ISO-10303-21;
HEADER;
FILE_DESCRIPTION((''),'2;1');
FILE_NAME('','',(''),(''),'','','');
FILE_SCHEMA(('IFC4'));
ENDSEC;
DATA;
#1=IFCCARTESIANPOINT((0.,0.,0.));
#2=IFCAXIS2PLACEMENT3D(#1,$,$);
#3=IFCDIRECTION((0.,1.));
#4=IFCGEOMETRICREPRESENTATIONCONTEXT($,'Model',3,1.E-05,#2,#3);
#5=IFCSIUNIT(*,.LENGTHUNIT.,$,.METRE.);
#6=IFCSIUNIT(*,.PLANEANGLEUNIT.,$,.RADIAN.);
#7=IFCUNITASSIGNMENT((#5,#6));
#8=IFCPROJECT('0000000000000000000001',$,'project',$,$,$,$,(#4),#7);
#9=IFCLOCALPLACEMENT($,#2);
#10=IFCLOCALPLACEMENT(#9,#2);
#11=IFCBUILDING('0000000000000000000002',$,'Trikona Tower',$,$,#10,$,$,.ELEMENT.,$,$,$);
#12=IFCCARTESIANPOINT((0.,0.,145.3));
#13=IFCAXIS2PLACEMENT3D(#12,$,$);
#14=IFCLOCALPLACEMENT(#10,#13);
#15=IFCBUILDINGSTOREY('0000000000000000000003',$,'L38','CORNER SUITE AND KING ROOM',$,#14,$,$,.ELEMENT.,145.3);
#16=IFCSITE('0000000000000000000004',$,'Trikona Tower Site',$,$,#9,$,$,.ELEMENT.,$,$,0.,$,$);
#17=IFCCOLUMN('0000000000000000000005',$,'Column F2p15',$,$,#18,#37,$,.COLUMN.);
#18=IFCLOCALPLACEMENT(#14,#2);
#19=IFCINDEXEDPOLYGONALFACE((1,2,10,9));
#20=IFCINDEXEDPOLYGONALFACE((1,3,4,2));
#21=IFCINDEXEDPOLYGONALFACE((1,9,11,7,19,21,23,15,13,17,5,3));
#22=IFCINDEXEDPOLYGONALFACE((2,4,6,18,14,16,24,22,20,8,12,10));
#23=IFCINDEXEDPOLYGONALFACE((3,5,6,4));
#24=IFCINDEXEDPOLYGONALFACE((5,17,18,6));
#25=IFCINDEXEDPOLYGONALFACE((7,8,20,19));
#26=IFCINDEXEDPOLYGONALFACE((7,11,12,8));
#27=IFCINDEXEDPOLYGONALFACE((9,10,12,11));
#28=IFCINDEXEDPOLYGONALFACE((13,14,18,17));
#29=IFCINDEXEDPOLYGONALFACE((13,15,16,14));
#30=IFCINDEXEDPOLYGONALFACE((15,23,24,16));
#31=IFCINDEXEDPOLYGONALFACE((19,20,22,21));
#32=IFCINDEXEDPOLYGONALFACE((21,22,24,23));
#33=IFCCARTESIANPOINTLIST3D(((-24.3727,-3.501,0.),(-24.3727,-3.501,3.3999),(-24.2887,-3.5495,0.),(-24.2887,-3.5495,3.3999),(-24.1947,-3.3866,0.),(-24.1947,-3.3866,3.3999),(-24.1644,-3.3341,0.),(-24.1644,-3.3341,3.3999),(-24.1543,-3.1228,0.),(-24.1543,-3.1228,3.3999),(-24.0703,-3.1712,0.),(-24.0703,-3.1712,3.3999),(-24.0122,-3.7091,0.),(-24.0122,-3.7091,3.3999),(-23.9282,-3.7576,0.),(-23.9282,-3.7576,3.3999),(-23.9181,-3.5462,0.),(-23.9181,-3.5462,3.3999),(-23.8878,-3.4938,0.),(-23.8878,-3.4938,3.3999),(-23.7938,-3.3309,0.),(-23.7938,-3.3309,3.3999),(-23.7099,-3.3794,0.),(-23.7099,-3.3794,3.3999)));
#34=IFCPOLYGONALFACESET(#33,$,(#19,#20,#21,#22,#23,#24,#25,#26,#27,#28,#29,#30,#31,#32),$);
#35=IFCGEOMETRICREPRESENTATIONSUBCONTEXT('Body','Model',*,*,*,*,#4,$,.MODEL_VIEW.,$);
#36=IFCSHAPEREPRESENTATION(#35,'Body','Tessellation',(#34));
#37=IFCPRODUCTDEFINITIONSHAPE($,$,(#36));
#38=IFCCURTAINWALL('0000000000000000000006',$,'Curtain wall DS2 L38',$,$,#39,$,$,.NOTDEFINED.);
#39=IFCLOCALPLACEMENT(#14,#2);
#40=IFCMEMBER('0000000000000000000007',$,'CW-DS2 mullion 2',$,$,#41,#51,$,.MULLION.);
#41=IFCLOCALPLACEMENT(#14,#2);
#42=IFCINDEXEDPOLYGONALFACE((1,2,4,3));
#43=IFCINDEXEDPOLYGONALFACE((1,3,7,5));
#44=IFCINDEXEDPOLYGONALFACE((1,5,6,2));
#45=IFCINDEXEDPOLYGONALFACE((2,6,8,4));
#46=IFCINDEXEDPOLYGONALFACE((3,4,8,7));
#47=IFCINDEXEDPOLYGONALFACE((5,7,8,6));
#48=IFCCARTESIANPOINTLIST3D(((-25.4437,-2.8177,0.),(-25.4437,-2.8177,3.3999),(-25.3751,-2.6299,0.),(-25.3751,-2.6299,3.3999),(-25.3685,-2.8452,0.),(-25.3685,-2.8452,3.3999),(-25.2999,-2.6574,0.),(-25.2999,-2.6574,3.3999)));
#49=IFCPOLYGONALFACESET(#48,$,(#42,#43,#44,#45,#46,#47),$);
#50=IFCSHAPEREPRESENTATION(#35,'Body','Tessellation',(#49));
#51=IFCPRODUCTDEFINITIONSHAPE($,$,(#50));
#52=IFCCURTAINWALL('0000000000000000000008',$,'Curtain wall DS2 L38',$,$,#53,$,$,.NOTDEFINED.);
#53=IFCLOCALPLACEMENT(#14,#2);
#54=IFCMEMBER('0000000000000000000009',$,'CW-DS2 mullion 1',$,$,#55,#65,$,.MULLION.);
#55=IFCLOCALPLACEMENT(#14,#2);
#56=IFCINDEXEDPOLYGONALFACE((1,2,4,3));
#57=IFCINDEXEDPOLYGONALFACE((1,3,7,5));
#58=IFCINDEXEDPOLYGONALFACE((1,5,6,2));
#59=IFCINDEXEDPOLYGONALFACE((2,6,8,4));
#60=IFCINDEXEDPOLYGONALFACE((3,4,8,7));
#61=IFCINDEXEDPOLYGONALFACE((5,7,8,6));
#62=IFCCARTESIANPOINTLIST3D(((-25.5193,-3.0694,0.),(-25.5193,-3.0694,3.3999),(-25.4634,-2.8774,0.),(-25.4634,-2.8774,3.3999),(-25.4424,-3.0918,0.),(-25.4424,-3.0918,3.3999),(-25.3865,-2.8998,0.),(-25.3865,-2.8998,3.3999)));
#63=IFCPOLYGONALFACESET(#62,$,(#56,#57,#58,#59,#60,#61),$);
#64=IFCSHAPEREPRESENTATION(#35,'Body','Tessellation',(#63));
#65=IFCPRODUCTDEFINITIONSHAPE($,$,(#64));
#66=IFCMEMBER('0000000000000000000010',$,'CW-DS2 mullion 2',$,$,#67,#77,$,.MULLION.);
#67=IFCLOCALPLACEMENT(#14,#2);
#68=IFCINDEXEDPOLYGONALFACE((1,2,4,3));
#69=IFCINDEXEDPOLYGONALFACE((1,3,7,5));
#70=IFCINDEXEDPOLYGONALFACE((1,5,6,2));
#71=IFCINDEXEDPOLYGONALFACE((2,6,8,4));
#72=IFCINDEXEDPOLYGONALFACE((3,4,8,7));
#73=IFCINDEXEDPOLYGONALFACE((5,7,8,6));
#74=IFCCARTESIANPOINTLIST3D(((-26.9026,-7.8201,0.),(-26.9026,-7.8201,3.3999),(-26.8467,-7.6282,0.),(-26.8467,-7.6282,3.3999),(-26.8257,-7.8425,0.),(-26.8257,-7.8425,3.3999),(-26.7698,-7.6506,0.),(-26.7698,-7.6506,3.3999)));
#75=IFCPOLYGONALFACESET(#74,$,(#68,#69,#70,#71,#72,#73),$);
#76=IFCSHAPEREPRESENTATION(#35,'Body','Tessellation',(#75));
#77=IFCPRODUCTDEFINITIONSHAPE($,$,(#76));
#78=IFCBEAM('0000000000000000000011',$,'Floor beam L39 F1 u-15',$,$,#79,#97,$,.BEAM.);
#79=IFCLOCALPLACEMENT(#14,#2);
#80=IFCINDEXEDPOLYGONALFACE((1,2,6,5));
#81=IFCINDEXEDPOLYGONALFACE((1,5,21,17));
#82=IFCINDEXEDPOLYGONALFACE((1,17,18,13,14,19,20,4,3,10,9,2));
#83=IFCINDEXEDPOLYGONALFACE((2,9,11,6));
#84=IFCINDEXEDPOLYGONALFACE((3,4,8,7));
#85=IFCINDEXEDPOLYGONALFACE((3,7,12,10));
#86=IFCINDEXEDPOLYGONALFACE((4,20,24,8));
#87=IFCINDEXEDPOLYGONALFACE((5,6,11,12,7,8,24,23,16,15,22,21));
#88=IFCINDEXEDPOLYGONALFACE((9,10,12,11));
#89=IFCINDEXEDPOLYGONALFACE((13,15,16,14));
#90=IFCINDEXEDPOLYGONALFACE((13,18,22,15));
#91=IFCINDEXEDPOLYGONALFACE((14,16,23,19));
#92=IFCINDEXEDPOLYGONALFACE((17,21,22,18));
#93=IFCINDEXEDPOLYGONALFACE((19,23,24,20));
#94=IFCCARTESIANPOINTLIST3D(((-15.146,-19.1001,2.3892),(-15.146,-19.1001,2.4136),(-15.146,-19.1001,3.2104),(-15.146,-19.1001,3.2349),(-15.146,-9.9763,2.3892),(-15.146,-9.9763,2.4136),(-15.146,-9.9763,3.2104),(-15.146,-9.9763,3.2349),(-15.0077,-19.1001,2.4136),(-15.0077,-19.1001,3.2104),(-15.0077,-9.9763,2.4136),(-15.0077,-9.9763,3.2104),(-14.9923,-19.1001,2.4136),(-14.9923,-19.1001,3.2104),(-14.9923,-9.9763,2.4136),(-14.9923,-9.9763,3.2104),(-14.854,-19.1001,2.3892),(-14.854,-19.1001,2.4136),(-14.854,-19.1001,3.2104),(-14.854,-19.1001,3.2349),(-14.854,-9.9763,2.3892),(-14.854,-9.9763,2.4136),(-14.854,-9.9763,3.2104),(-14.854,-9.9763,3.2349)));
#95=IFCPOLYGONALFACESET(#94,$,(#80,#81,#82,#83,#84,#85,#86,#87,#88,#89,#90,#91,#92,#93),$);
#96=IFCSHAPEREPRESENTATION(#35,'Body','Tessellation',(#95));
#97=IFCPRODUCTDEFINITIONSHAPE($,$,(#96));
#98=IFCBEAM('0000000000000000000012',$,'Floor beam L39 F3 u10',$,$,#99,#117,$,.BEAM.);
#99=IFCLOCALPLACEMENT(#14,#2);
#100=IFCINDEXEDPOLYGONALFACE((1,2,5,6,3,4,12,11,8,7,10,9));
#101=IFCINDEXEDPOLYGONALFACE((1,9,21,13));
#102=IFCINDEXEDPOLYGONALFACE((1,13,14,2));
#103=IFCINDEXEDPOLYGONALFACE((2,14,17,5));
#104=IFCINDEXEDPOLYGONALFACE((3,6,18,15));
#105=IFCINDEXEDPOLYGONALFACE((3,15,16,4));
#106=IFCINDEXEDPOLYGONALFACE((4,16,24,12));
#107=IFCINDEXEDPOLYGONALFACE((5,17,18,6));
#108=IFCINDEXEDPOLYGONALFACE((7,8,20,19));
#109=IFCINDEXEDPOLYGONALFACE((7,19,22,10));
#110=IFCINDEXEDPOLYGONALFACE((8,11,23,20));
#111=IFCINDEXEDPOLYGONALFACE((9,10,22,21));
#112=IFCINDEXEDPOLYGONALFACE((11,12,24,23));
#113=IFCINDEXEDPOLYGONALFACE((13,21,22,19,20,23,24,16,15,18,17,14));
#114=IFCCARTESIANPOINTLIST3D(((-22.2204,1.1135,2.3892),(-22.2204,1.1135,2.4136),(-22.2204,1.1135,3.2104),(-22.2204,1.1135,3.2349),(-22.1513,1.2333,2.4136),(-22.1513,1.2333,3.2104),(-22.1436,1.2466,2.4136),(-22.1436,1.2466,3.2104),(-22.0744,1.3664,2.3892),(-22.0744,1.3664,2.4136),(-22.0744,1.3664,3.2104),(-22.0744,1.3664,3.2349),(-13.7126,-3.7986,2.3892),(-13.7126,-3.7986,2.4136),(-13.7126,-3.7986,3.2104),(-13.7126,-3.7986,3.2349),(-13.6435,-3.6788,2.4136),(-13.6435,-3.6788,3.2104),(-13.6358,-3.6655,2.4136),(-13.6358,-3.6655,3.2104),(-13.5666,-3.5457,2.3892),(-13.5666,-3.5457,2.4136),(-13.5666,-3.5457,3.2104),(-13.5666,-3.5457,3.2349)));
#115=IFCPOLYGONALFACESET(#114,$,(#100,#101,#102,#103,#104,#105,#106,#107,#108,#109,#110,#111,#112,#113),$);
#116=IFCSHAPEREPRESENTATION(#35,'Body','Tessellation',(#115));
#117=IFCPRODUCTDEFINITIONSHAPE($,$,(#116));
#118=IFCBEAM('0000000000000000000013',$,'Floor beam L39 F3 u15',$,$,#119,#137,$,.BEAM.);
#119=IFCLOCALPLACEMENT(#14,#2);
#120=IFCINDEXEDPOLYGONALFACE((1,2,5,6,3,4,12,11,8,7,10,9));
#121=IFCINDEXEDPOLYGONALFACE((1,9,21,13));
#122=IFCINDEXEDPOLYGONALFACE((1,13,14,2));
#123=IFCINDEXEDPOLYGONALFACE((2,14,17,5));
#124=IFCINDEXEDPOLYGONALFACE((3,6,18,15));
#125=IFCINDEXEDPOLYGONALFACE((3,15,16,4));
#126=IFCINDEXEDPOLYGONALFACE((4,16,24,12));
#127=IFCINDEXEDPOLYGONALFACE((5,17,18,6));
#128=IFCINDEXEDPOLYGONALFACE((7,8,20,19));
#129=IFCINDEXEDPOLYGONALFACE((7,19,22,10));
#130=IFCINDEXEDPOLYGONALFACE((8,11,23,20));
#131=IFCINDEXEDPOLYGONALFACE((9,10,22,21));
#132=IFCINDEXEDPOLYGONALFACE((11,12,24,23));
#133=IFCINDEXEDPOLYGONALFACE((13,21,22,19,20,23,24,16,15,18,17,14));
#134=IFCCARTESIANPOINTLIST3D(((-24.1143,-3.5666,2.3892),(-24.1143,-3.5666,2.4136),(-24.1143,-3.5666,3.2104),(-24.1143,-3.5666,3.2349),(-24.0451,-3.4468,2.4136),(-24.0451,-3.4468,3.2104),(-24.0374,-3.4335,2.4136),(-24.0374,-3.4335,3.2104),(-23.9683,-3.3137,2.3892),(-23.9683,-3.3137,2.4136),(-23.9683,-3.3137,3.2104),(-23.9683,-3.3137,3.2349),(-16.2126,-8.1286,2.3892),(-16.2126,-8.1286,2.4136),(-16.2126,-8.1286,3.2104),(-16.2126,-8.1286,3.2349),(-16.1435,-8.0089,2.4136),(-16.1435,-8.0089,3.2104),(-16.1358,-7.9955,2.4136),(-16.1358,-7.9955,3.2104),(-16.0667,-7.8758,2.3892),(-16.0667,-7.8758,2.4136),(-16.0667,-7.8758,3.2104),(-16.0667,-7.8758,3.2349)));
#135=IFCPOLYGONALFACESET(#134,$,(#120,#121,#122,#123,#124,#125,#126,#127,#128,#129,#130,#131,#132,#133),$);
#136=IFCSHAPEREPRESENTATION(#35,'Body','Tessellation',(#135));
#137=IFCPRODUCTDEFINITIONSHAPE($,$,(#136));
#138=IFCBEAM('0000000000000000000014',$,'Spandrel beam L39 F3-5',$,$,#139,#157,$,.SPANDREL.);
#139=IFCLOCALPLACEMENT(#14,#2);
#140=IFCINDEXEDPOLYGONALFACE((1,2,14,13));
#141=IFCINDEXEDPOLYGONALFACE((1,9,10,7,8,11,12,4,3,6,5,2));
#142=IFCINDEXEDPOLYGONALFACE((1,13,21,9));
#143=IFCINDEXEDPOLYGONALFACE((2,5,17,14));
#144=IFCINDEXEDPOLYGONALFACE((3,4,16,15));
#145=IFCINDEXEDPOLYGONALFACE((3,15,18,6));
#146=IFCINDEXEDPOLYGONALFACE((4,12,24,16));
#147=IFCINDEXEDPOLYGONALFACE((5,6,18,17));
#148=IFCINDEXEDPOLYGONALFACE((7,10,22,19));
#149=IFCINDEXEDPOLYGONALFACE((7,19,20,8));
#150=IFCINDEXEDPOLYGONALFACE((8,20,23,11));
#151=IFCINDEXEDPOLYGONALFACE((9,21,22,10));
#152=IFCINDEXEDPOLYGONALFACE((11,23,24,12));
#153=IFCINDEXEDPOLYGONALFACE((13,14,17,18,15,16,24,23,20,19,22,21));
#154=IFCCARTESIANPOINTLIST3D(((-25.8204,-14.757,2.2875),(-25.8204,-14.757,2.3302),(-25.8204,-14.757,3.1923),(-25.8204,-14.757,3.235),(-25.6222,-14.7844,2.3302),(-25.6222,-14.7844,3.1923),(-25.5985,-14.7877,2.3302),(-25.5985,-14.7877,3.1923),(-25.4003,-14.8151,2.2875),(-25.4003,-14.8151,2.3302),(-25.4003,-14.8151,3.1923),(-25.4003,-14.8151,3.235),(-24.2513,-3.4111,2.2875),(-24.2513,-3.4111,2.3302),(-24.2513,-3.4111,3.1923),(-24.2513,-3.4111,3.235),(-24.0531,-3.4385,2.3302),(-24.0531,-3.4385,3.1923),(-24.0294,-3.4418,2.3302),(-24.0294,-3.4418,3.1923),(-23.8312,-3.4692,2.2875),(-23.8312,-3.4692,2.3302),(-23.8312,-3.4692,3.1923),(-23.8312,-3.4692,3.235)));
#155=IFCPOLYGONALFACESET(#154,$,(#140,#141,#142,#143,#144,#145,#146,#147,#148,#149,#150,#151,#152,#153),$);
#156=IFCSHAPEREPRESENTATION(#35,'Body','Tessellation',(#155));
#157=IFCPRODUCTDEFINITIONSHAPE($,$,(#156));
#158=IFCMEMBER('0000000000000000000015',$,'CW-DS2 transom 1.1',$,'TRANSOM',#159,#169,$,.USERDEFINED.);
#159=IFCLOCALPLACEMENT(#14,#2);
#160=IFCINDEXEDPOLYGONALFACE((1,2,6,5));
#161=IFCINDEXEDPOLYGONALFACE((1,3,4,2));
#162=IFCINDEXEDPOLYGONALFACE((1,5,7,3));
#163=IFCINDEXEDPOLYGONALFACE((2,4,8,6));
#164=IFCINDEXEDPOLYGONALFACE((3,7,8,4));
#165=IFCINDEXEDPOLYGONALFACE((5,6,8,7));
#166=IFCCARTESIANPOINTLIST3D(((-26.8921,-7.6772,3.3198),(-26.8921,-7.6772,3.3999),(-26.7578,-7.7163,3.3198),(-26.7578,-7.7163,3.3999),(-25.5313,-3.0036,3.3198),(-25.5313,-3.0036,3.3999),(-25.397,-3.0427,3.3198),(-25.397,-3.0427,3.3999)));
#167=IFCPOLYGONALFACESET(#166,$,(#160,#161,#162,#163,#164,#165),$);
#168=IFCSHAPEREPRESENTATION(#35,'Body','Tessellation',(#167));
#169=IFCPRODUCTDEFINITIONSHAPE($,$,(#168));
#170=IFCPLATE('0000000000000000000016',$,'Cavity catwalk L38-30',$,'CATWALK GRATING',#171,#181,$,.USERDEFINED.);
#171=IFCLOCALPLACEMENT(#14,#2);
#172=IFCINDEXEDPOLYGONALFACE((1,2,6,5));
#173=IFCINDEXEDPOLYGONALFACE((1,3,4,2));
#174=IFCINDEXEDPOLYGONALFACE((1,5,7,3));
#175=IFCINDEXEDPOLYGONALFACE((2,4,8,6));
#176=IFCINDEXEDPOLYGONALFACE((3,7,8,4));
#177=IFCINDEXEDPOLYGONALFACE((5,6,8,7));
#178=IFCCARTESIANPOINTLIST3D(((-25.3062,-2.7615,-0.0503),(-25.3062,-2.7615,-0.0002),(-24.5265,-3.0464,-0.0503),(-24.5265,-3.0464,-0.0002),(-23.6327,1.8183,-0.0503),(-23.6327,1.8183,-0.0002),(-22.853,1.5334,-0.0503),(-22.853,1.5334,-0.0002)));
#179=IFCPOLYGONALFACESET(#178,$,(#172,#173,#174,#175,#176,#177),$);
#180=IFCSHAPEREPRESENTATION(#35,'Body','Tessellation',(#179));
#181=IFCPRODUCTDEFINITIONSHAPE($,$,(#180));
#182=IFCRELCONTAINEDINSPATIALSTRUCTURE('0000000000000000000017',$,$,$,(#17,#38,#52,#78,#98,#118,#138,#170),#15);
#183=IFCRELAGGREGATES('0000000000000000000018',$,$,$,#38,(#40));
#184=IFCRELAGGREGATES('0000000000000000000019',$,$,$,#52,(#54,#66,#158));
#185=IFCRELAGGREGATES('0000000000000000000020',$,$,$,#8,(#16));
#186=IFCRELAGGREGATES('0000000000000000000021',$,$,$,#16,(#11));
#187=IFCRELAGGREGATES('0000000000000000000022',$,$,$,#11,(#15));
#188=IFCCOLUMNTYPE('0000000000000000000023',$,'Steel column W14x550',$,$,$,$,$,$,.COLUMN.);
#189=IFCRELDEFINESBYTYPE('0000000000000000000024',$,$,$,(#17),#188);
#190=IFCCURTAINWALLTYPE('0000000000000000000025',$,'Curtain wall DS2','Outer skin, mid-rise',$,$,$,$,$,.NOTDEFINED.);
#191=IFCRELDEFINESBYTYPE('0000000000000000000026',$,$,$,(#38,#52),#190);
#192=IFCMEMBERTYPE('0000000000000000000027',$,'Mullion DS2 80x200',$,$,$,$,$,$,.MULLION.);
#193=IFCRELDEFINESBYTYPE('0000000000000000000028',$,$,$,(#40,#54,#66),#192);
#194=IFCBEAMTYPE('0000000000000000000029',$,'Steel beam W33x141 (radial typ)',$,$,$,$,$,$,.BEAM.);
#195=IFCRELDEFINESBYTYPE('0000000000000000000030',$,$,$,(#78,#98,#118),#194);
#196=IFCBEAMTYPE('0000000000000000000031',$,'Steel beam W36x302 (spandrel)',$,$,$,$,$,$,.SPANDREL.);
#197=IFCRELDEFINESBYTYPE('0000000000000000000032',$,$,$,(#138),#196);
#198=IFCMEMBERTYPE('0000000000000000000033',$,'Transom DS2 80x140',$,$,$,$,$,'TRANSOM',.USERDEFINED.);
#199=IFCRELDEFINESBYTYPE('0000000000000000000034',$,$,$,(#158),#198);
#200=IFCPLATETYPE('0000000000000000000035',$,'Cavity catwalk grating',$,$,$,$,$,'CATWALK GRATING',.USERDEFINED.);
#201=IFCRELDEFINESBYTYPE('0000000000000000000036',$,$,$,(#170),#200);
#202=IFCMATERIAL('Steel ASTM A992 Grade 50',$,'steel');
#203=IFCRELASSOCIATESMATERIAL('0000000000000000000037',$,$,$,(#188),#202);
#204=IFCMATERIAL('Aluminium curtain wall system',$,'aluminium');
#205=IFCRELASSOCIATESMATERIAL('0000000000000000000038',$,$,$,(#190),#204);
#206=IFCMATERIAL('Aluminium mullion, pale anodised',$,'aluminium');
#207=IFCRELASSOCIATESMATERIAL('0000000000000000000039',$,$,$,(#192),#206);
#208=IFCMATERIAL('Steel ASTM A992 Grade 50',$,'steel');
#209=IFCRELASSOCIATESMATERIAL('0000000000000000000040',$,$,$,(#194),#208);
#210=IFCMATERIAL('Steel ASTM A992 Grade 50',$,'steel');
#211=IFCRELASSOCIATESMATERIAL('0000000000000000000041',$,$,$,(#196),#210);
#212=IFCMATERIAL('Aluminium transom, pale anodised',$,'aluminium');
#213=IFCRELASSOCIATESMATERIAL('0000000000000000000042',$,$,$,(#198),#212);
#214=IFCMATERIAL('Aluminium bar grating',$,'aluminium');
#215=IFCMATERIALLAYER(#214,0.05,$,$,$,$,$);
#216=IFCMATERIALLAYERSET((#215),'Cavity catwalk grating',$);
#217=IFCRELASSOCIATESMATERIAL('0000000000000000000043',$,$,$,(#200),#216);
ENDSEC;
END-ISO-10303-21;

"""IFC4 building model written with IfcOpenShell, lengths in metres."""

from ifc_helpers import new_model, si_unit, direction, frame, origin, origin_2d, place, context, subcontext, project, spatial, rectangle, i_section, extrude, material, layer, layer_set, material_profile, profile_set, type_object, element, aggregate, save


model = new_model("IFC4")

# Units and contexts
model_context = context("Model", 3, precision=1e-05, world=origin(), true_north=direction((0.0, 1.0)))
body_context = subcontext(model_context, "Body", "Model", "MODEL_VIEW")
ifc_project = project(units=[si_unit("LENGTHUNIT", "METRE"), si_unit("PLANEANGLEUNIT", "RADIAN")], contexts=[model_context])

# Site, building, storey
site_placement = place(None, origin())
site = spatial("IfcSite", under=ifc_project, at=site_placement, Name="Trikona Tower Site", CompositionType="ELEMENT", RefElevation=0.0)
building_placement = place(site_placement, origin())
building = spatial("IfcBuilding", under=site, at=building_placement, Name="Trikona Tower", CompositionType="ELEMENT")
storey_placement = place(building_placement, frame((0.0, 0.0, 145.3)))
storey = spatial("IfcBuildingStorey", under=building, at=storey_placement, Name="L38", Description="CORNER SUITE AND KING ROOM", CompositionType="ELEMENT", Elevation=145.3)

# Column
ifc_material_1 = material(Name="Steel ASTM A992 Grade 50", Category="steel")
ifc_material_profile_1 = material_profile(ifc_material_1, i_section(OverallWidth=0.4368, OverallDepth=0.5132, WebThickness=0.0605, FlangeThickness=0.0969, at=origin_2d()), Name="W14X550")
ifc_profile_set_1 = profile_set([ifc_material_profile_1], Name="Steel ASTM A992 Grade 50")
column_type = type_object("IfcColumnType", Name="Steel column W14x550", PredefinedType="COLUMN", material=ifc_profile_set_1)
column_placement = place(storey_placement, frame((-24.0413, -3.4402, 0.0), z_axis=(0.0, 0.0, 1.0), x_axis=(-0.5, -0.866025, 0.0)))
element("IfcColumn", 1, at=column_placement, inside=storey, type_object=column_type, Name="Column F2p15", PredefinedType="COLUMN", context=body_context, shape_type="SweptSolid", body=[
    extrude(i_section(OverallWidth=0.4368, OverallDepth=0.5132, WebThickness=0.0605, FlangeThickness=0.0969, at=origin_2d()), origin(), (0.0, 0.0, 1.0), 3.3999),
])

# Curtain wall, member
ifc_material_2 = material(Name="Aluminium curtain wall system", Category="aluminium")
curtain_wall_type = type_object("IfcCurtainWallType", Name="Curtain wall DS2", Description="Outer skin, mid-rise", PredefinedType="NOTDEFINED", material=ifc_material_2)
curtain_wall_1_placement = place(storey_placement, origin())
curtain_wall_1 = element("IfcCurtainWall", 2, at=curtain_wall_1_placement, inside=storey, type_object=curtain_wall_type, Name="Curtain wall DS2 L38", PredefinedType="NOTDEFINED")
ifc_material_3 = material(Name="Aluminium mullion, pale anodised", Category="aluminium")
ifc_material_profile_2 = material_profile(ifc_material_3, rectangle(XDim=0.0801, YDim=0.2, at=origin_2d()), Name="MUL-DS2")
ifc_profile_set_2 = profile_set([ifc_material_profile_2], Name="Aluminium mullion, pale anodised")
member_type_1 = type_object("IfcMemberType", Name="Mullion DS2 80x200", PredefinedType="MULLION", material=ifc_profile_set_2)
member_1_placement = place(storey_placement, frame((-25.3718, -2.7375, 0.0), z_axis=(0.0, 0.0, 1.0), x_axis=(0.939254, -0.343223, 0.0)))
member_1 = element("IfcMember", 3, at=member_1_placement, type_object=member_type_1, Name="CW-DS2 mullion 2", PredefinedType="MULLION", context=body_context, shape_type="SweptSolid", body=[
    extrude(rectangle(XDim=0.0801, YDim=0.2, at=origin_2d()), origin(), (0.0, 0.0, 1.0), 3.3999),
])

# Curtain wall, members
curtain_wall_2_placement = place(storey_placement, origin())
curtain_wall_2 = element("IfcCurtainWall", 4, at=curtain_wall_2_placement, inside=storey, type_object=curtain_wall_type, Name="Curtain wall DS2 L38", PredefinedType="NOTDEFINED")
member_2_placement = place(storey_placement, frame((-25.4529, -2.9846, 0.0), z_axis=(0.0, 0.0, 1.0), x_axis=(0.960133, -0.279543, 0.0)))
member_2 = element("IfcMember", 5, at=member_2_placement, type_object=member_type_1, Name="CW-DS2 mullion 1", PredefinedType="MULLION", context=body_context, shape_type="SweptSolid", body=[
    extrude(rectangle(XDim=0.0801, YDim=0.2, at=origin_2d()), origin(), (0.0, 0.0, 1.0), 3.3999),
])
member_3_placement = place(storey_placement, frame((-26.8362, -7.7354, 0.0), z_axis=(0.0, 0.0, 1.0), x_axis=(0.960133, -0.279543, 0.0)))
member_3 = element("IfcMember", 6, at=member_3_placement, type_object=member_type_1, Name="CW-DS2 mullion 2", PredefinedType="MULLION", context=body_context, shape_type="SweptSolid", body=[
    extrude(rectangle(XDim=0.0801, YDim=0.2, at=origin_2d()), origin(), (0.0, 0.0, 1.0), 3.3999),
])

# Beams
ifc_material_4 = material(Name="Steel ASTM A992 Grade 50", Category="steel")
ifc_material_profile_3 = material_profile(ifc_material_4, i_section(OverallWidth=0.292, OverallDepth=0.8457, WebThickness=0.0154, FlangeThickness=0.0244, at=origin_2d()), Name="W33X141")
ifc_profile_set_3 = profile_set([ifc_material_profile_3], Name="Steel ASTM A992 Grade 50")
beam_type_1 = type_object("IfcBeamType", Name="Steel beam W33x141 (radial typ)", PredefinedType="BEAM", material=ifc_profile_set_3)
beam_1_placement = place(storey_placement, frame((-15.0, -9.9763, 2.812), z_axis=(0.0, -1.0, 0.0), x_axis=(1.0, 0.0, 0.0)))
element("IfcBeam", 7, at=beam_1_placement, inside=storey, type_object=beam_type_1, Name="Floor beam L39 F1 u-15", PredefinedType="BEAM", context=body_context, shape_type="SweptSolid", body=[
    extrude(i_section(OverallWidth=0.292, OverallDepth=0.8457, WebThickness=0.0154, FlangeThickness=0.0244, at=origin_2d()), origin(), (0.0, 0.0, 1.0), 9.1238),
])
beam_2_placement = place(storey_placement, frame((-13.6396, -3.6721, 2.812), z_axis=(-0.86602, 0.500009, 0.0), x_axis=(-0.500009, -0.86602, 0.0)))
element("IfcBeam", 8, at=beam_2_placement, inside=storey, type_object=beam_type_1, Name="Floor beam L39 F3 u10", PredefinedType="BEAM", context=body_context, shape_type="SweptSolid", body=[
    extrude(i_section(OverallWidth=0.292, OverallDepth=0.8457, WebThickness=0.0154, FlangeThickness=0.0244, at=origin_2d()), origin(), (0.0, 0.0, 1.0), 9.824),
])
beam_3_placement = place(storey_placement, frame((-16.1396, -8.0022, 2.812), z_axis=(-0.866025, 0.500001, 0.0), x_axis=(-0.500001, -0.866025, 0.0)))
element("IfcBeam", 9, at=beam_3_placement, inside=storey, type_object=beam_type_1, Name="Floor beam L39 F3 u15", PredefinedType="BEAM", context=body_context, shape_type="SweptSolid", body=[
    extrude(i_section(OverallWidth=0.292, OverallDepth=0.8457, WebThickness=0.0154, FlangeThickness=0.0244, at=origin_2d()), origin(), (0.0, 0.0, 1.0), 9.124),
])
ifc_material_5 = material(Name="Steel ASTM A992 Grade 50", Category="steel")
ifc_material_profile_4 = material_profile(ifc_material_5, i_section(OverallWidth=0.4241, OverallDepth=0.9475, WebThickness=0.0239, FlangeThickness=0.0427, at=origin_2d()), Name="W36X302")
ifc_profile_set_4 = profile_set([ifc_material_profile_4], Name="Steel ASTM A992 Grade 50")
beam_type_2 = type_object("IfcBeamType", Name="Steel beam W36x302 (spandrel)", PredefinedType="SPANDREL", material=ifc_profile_set_4)
beam_4_placement = place(storey_placement, frame((-24.0413, -3.4402, 2.7612), z_axis=(-0.136992, -0.990572, 0.0), x_axis=(0.990572, -0.136992, 0.0)))
element("IfcBeam", 10, at=beam_4_placement, inside=storey, type_object=beam_type_2, Name="Spandrel beam L39 F3-5", PredefinedType="SPANDREL", context=body_context, shape_type="SweptSolid", body=[
    extrude(i_section(OverallWidth=0.4241, OverallDepth=0.9475, WebThickness=0.0239, FlangeThickness=0.0427, at=origin_2d()), origin(), (0.0, 0.0, 1.0), 11.4539),
])

# Member
ifc_material_6 = material(Name="Aluminium transom, pale anodised", Category="aluminium")
ifc_material_profile_5 = material_profile(ifc_material_6, rectangle(XDim=0.1399, YDim=0.0801, at=origin_2d()), Name="TRN-DS2")
ifc_profile_set_5 = profile_set([ifc_material_profile_5], Name="Aluminium transom, pale anodised")
member_type_2 = type_object("IfcMemberType", Name="Transom DS2 80x140", ElementType="TRANSOM", PredefinedType="USERDEFINED", material=ifc_profile_set_5)
member_4_placement = place(storey_placement, frame((-25.4641, -3.0232, 3.3599), z_axis=(-0.279567, -0.960126, 0.0), x_axis=(0.960126, -0.279567, 0.0)))
member_4 = element("IfcMember", 11, at=member_4_placement, type_object=member_type_2, Name="CW-DS2 transom 1.1", ObjectType="TRANSOM", PredefinedType="USERDEFINED", context=body_context, shape_type="SweptSolid", body=[
    extrude(rectangle(XDim=0.1399, YDim=0.0801, at=origin_2d()), origin(), (0.0, 0.0, 1.0), 4.8677),
])

# Plate
ifc_material_7 = material(Name="Aluminium bar grating", Category="aluminium")
ifc_layer_1 = layer(ifc_material_7, 0.05)
ifc_layer_set_1 = layer_set([ifc_layer_1], Name="Cavity catwalk grating")
plate_type_1 = type_object("IfcPlateType", Name="Cavity catwalk grating", ElementType="CATWALK GRATING", PredefinedType="USERDEFINED", material=ifc_layer_set_1)
plate_1_placement = place(storey_placement, frame((-24.0796, -0.614, -0.0503), z_axis=(0.0, 0.0, 1.0), x_axis=(-0.34322, -0.939255, 0.0)))
element("IfcPlate", 12, at=plate_1_placement, inside=storey, type_object=plate_type_1, Name="Cavity catwalk L38-30", ObjectType="CATWALK GRATING", PredefinedType="USERDEFINED", context=body_context, shape_type="SweptSolid", body=[
    extrude(rectangle(XDim=4.876, YDim=0.8301, at=origin_2d()), origin(), (0.0, 0.0, 1.0), 0.05),
])

aggregate(curtain_wall_1, [member_1])
aggregate(curtain_wall_2, [member_2, member_3, member_4])

save(model, "model.ifc")
